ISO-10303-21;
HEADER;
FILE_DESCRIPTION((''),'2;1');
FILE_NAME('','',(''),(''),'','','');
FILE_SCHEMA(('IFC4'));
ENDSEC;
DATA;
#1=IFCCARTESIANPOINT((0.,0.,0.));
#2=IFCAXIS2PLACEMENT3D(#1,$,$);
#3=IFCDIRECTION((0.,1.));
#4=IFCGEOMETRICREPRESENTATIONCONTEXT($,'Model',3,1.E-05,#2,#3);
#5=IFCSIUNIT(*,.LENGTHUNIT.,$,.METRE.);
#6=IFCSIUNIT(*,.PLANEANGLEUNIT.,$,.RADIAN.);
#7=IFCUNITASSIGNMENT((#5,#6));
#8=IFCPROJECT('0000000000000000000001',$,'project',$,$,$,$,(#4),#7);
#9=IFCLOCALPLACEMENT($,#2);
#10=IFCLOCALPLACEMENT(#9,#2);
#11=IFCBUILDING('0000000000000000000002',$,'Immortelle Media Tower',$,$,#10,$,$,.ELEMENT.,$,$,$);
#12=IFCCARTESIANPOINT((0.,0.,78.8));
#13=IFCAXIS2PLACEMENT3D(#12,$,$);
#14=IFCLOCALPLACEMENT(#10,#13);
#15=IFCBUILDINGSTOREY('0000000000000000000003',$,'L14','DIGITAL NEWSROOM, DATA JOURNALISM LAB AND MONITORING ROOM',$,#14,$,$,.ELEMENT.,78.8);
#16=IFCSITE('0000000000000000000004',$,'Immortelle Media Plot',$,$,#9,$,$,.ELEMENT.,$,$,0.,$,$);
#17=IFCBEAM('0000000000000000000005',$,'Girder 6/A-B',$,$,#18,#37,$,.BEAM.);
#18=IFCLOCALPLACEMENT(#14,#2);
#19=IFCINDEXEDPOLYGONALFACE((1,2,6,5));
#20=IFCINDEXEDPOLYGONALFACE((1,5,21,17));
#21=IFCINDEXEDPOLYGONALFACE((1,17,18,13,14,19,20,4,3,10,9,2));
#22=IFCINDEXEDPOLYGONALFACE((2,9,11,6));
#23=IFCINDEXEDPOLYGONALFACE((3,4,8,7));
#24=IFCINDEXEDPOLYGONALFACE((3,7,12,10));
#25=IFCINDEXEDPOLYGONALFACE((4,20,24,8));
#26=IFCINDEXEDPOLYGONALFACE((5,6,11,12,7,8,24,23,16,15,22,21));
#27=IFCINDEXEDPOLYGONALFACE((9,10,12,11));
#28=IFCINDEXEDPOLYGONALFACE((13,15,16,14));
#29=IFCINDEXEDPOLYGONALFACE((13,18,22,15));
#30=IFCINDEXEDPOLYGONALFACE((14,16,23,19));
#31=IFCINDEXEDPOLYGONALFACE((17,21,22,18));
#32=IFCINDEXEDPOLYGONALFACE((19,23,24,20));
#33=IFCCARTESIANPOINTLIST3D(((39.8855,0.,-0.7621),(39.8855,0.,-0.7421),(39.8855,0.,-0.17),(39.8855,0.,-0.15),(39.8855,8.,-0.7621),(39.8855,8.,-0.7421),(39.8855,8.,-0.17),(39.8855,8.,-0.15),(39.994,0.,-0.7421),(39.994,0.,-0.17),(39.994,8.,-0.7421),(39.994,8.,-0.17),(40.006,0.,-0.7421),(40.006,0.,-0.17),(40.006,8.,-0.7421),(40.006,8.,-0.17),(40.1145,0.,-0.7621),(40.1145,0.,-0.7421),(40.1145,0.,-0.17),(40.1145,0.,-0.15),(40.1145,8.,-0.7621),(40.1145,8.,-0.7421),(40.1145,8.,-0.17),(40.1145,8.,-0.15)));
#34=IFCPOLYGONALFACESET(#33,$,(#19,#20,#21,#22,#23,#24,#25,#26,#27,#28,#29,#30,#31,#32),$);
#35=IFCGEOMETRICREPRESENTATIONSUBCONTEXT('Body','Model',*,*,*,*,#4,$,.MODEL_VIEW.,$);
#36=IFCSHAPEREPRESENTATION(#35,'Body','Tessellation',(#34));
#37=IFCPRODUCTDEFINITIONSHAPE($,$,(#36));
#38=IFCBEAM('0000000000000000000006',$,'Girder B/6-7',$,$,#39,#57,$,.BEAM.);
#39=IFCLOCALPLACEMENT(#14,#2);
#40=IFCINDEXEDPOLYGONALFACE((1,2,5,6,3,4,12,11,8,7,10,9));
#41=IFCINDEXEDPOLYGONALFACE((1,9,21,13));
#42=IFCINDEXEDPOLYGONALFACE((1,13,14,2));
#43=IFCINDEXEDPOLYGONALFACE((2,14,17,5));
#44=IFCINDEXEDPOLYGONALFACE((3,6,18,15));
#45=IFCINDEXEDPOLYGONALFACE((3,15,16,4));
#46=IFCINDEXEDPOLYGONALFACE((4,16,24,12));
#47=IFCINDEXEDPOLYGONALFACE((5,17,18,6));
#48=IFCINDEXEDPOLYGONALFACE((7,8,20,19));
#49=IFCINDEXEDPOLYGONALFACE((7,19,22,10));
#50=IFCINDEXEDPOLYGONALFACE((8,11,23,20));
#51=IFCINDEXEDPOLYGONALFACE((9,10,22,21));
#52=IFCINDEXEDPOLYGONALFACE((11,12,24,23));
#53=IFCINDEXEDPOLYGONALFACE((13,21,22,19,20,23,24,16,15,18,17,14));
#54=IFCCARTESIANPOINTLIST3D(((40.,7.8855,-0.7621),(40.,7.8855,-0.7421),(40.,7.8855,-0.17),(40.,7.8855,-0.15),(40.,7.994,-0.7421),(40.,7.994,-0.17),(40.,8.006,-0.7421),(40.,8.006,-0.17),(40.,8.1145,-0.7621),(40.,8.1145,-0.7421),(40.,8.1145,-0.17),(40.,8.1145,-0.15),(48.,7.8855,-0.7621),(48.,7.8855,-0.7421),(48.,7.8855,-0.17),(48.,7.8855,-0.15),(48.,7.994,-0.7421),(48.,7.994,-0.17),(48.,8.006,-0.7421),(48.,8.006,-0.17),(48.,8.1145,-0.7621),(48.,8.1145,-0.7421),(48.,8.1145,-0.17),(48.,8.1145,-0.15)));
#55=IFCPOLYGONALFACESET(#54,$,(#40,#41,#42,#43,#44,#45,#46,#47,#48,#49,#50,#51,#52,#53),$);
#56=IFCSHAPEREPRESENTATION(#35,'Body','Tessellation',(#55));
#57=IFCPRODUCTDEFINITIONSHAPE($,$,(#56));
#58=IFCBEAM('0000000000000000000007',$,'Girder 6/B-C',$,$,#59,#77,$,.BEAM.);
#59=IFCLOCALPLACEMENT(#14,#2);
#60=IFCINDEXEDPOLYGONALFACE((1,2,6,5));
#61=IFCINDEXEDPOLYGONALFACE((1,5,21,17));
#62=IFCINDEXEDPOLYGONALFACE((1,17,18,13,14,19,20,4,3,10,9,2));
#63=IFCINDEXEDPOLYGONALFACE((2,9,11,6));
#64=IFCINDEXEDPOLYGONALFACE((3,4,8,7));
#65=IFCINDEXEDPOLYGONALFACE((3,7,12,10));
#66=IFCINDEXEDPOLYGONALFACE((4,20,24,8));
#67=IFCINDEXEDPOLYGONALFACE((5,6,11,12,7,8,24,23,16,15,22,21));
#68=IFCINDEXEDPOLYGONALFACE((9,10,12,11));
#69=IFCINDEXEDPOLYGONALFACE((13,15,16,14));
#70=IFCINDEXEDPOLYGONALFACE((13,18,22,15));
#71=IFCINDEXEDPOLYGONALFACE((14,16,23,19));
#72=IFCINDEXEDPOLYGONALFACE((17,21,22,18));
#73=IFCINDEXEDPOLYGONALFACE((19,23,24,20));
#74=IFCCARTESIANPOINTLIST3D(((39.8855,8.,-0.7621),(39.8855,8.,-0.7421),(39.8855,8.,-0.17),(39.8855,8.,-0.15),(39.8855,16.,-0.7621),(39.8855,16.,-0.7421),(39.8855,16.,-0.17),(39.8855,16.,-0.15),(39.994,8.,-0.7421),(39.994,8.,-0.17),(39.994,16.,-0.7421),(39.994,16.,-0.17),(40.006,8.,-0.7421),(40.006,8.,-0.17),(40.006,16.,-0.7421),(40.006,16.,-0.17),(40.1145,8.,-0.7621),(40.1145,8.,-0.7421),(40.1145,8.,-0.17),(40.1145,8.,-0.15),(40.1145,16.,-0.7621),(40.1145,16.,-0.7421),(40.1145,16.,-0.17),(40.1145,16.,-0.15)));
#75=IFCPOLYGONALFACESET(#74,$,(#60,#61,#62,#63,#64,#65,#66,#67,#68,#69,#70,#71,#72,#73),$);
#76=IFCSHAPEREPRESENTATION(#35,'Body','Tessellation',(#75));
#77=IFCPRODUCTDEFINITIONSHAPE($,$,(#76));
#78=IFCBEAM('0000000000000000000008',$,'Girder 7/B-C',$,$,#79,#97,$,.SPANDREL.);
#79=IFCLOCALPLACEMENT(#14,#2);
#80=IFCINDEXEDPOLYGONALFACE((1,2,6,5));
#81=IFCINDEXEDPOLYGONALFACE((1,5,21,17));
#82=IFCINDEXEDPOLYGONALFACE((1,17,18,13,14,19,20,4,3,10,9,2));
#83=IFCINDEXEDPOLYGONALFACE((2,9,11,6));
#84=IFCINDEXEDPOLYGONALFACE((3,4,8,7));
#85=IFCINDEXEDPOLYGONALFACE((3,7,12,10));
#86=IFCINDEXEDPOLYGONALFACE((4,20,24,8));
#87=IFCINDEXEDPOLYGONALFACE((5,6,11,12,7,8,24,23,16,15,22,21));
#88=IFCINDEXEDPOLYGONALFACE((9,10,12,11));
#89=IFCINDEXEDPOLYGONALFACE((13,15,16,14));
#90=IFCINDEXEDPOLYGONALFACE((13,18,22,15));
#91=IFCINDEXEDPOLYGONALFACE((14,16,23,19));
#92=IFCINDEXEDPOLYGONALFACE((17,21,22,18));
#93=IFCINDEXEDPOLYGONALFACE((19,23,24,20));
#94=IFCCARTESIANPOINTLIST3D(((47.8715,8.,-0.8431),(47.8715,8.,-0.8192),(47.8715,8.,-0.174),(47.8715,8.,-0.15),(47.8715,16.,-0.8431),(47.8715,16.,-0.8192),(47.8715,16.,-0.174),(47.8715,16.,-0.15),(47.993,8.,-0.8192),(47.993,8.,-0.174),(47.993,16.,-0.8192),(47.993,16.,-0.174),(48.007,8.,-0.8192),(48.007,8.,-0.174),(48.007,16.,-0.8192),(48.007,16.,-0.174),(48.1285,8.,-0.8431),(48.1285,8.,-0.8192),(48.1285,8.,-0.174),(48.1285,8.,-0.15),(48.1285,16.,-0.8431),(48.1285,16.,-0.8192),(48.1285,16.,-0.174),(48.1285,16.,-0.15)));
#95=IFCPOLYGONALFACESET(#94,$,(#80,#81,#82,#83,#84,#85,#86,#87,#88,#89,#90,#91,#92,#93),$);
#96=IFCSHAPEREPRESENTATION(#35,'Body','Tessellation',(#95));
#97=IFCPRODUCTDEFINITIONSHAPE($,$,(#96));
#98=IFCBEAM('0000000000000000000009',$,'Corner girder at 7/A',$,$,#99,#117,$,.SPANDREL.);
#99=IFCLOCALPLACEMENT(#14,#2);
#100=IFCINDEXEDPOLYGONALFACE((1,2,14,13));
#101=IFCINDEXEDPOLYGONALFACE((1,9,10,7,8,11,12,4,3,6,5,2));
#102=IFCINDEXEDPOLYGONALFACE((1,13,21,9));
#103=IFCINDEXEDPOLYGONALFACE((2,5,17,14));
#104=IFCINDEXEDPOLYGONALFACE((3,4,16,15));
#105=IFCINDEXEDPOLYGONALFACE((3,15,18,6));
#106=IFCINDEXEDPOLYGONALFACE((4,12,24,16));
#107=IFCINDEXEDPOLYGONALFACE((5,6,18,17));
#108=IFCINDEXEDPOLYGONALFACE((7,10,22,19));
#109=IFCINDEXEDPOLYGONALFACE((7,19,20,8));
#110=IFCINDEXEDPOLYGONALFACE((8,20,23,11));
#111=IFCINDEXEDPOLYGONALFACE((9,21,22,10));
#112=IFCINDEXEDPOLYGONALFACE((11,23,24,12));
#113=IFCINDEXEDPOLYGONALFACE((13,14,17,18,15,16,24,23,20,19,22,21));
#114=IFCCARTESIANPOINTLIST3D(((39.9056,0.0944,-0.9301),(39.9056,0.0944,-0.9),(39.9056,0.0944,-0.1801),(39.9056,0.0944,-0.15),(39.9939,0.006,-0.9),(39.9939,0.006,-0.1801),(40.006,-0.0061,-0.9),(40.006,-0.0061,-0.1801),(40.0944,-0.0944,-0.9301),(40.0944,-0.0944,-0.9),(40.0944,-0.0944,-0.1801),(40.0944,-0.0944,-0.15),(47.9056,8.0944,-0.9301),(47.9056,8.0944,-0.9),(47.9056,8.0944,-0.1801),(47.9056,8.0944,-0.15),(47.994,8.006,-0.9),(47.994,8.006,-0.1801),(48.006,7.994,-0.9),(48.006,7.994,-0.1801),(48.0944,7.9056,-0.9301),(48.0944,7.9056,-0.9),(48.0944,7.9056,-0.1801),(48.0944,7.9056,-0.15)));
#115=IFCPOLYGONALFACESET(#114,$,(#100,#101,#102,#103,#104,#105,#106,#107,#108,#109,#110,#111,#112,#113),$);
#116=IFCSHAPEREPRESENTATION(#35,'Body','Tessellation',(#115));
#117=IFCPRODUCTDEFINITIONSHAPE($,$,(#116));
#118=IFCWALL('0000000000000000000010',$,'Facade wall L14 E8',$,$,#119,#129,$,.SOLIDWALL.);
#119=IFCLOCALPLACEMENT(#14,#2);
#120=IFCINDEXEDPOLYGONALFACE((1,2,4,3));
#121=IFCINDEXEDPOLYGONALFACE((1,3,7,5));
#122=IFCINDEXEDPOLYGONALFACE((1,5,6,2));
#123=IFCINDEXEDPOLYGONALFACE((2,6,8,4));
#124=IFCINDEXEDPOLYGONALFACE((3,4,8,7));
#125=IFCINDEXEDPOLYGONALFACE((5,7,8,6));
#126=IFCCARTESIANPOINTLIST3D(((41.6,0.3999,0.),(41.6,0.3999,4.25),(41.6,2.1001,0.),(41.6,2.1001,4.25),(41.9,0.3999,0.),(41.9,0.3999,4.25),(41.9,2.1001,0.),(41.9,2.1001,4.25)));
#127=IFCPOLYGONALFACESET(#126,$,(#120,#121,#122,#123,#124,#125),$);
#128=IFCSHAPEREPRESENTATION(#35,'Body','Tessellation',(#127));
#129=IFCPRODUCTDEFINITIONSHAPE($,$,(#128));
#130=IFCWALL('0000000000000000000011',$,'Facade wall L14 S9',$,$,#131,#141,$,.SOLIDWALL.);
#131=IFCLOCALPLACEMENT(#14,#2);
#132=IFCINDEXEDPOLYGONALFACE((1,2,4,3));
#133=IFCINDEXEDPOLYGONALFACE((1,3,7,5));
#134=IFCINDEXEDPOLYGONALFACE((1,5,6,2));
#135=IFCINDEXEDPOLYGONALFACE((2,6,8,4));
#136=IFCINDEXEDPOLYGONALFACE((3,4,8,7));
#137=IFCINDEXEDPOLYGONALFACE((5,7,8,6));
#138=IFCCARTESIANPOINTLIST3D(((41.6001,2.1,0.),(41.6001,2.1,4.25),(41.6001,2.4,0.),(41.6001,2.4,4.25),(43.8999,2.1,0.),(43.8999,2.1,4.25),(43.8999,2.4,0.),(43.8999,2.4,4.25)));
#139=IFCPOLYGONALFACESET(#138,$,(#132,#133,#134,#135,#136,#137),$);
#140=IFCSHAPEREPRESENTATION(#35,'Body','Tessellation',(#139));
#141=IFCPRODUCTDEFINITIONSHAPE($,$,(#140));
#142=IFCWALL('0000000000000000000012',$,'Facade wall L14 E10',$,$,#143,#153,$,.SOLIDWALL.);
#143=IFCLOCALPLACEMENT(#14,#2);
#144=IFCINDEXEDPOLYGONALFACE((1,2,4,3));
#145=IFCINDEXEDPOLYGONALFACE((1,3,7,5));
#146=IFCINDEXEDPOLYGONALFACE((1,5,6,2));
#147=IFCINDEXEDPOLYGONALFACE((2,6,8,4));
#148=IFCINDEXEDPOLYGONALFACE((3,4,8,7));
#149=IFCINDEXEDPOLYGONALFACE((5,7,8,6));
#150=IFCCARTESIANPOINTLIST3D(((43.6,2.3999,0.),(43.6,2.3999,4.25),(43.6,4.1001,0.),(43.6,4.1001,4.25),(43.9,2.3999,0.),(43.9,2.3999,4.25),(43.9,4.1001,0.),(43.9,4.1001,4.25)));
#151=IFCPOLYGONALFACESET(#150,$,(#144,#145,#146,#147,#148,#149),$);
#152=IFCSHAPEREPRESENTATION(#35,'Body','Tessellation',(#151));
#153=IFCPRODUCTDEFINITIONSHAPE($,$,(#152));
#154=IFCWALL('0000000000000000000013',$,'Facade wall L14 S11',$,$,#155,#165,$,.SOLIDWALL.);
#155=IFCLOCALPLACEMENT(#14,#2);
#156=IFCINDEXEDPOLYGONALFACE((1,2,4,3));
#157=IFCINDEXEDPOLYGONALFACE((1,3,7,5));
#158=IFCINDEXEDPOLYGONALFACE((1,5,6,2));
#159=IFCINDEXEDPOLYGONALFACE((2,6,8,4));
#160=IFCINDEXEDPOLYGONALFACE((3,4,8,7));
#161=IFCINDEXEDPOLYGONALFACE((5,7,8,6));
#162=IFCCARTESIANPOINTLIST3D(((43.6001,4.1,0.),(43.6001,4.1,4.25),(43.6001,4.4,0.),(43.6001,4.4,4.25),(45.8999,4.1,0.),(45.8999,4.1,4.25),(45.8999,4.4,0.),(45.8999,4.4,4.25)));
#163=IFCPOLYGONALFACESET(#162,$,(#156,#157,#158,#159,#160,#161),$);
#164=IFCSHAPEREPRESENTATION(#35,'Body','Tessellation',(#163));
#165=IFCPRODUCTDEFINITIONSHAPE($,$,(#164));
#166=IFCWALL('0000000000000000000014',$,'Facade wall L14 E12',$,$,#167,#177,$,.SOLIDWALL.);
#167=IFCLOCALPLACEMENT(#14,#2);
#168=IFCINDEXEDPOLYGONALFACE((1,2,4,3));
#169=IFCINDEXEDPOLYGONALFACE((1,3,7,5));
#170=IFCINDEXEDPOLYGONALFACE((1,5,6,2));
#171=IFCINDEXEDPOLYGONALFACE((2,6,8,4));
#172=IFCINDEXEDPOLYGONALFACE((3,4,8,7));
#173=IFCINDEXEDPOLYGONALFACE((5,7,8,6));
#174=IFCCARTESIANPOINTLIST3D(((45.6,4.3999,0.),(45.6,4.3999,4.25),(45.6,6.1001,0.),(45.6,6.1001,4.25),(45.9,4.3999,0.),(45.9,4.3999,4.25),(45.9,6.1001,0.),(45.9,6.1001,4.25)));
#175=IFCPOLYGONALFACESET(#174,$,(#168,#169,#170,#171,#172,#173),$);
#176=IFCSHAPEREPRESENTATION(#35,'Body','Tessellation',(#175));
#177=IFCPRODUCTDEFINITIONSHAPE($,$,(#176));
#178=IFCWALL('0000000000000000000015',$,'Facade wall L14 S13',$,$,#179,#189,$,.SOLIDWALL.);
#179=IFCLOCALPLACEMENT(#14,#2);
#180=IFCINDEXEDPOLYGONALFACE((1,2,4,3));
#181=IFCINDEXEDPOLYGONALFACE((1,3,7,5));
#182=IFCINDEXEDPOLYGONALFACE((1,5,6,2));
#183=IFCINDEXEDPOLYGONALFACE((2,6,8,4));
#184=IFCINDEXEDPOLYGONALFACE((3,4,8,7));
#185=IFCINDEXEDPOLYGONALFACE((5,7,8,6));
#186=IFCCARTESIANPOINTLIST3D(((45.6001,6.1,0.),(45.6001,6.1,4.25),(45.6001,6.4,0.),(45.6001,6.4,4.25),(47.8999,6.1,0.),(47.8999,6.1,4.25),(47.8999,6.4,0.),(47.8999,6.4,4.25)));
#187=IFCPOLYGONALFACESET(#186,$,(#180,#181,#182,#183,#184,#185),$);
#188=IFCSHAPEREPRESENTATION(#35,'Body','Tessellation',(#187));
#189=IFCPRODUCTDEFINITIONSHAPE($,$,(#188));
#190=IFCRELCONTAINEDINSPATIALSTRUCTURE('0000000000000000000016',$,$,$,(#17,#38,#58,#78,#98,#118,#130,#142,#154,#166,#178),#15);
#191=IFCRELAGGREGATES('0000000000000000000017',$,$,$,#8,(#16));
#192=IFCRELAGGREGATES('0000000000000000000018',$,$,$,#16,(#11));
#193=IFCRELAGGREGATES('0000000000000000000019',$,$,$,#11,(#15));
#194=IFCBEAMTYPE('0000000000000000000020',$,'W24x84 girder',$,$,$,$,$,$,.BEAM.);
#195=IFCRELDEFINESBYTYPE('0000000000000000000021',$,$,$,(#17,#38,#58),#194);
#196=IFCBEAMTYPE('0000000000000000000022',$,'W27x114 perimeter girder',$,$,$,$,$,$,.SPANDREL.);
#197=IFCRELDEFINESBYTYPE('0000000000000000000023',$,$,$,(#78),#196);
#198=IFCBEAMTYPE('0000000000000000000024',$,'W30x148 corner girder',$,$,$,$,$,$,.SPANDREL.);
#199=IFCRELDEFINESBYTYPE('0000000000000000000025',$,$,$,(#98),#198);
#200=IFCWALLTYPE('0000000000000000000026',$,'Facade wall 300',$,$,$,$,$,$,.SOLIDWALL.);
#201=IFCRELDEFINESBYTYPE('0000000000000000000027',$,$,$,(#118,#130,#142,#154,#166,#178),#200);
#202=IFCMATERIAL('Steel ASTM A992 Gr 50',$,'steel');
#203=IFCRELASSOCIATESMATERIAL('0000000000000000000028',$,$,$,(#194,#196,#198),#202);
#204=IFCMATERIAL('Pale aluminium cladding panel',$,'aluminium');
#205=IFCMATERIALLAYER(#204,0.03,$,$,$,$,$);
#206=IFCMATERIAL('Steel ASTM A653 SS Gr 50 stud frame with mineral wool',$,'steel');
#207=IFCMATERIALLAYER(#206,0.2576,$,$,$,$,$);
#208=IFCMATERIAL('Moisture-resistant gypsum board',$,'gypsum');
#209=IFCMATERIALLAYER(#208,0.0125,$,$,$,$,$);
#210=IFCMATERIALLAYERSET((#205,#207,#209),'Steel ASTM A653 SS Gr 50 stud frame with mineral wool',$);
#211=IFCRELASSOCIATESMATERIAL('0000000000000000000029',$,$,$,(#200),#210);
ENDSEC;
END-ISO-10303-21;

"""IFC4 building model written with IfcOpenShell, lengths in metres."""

from ifc_helpers import new_model, si_unit, direction, frame, frame_2d, origin, origin_2d, place, context, subcontext, project, spatial, rectangle, i_section, extrude, material, layer, layer_set, material_profile, profile_set, type_object, element, save


model = new_model("IFC4")

# Units and contexts
model_context = context("Model", 3, precision=1e-05, world=origin(), true_north=direction((0.0, 1.0)))
body_context = subcontext(model_context, "Body", "Model", "MODEL_VIEW")
ifc_project = project(units=[si_unit("LENGTHUNIT", "METRE"), si_unit("PLANEANGLEUNIT", "RADIAN")], contexts=[model_context])

# Site, building, storey
site_placement = place(None, origin())
site = spatial("IfcSite", under=ifc_project, at=site_placement, Name="Immortelle Media Plot", CompositionType="ELEMENT", RefElevation=0.0)
building_placement = place(site_placement, origin())
building = spatial("IfcBuilding", under=site, at=building_placement, Name="Immortelle Media Tower", CompositionType="ELEMENT")
storey_placement = place(building_placement, frame((0.0, 0.0, 78.8)))
storey = spatial("IfcBuildingStorey", under=building, at=storey_placement, Name="L14", Description="DIGITAL NEWSROOM, DATA JOURNALISM LAB AND MONITORING ROOM", CompositionType="ELEMENT", Elevation=78.8)

# Shared definitions
ifc_material_1 = material(Name="Steel ASTM A992 Gr 50", Category="steel")

# Beams
ifc_material_profile_1 = material_profile(ifc_material_1, i_section(OverallWidth=0.229, OverallDepth=0.6121, WebThickness=0.012, FlangeThickness=0.02, at=origin_2d()), Name="W24x84")
ifc_profile_set_1 = profile_set([ifc_material_profile_1], Name="Steel ASTM A992 Gr 50")
beam_type_1 = type_object("IfcBeamType", Name="W24x84 girder", PredefinedType="BEAM", material=ifc_profile_set_1)
for number, where, z_axis, x_axis, name in (
    (1, (40.0, 0.0, -0.4561), (0.0, 1.0, 0.0), (-1.0, 0.0, 0.0), "Girder 6/A-B"),
    (2, (40.0, 8.0, -0.4561), (1.0, 0.0, 0.0), (0.0, 1.0, 0.0), "Girder B/6-7"),
    (3, (40.0, 8.0, -0.4561), (0.0, 1.0, 0.0), (-1.0, 0.0, 0.0), "Girder 6/B-C"),
):
    element("IfcBeam", number, at=place(storey_placement, frame(where, z_axis=z_axis, x_axis=x_axis)), inside=storey, type_object=beam_type_1, Name=name, PredefinedType="BEAM", context=body_context, shape_type="SweptSolid", body=[
        extrude(i_section(OverallWidth=0.229, OverallDepth=0.6121, WebThickness=0.012, FlangeThickness=0.02, at=origin_2d()), origin(), (0.0, 0.0, 1.0), 8.0),
    ])
ifc_material_profile_2 = material_profile(ifc_material_1, i_section(OverallWidth=0.2571, OverallDepth=0.6931, WebThickness=0.0139, FlangeThickness=0.0239, at=origin_2d()), Name="W27x114")
ifc_profile_set_2 = profile_set([ifc_material_profile_2], Name="Steel ASTM A992 Gr 50")
beam_type_2 = type_object("IfcBeamType", Name="W27x114 perimeter girder", PredefinedType="SPANDREL", material=ifc_profile_set_2)
beam_1_placement = place(storey_placement, frame((48.0, 8.0, -0.4966), z_axis=(0.0, 1.0, 0.0), x_axis=(-1.0, 0.0, 0.0)))
element("IfcBeam", 4, at=beam_1_placement, inside=storey, type_object=beam_type_2, Name="Girder 7/B-C", PredefinedType="SPANDREL", context=body_context, shape_type="SweptSolid", body=[
    extrude(i_section(OverallWidth=0.2571, OverallDepth=0.6931, WebThickness=0.0139, FlangeThickness=0.0239, at=origin_2d()), origin(), (0.0, 0.0, 1.0), 8.0),
])
ifc_material_profile_3 = material_profile(ifc_material_1, i_section(OverallWidth=0.2671, OverallDepth=0.78, WebThickness=0.0171, FlangeThickness=0.03, at=origin_2d()), Name="W30x148")
ifc_profile_set_3 = profile_set([ifc_material_profile_3], Name="Steel ASTM A992 Gr 50")
beam_type_3 = type_object("IfcBeamType", Name="W30x148 corner girder", PredefinedType="SPANDREL", material=ifc_profile_set_3)
beam_2_placement = place(storey_placement, frame((48.0, 8.0, -0.54), z_axis=(-0.707107, -0.707107, 0.0), x_axis=(0.707107, -0.707107, 0.0)))
element("IfcBeam", 5, at=beam_2_placement, inside=storey, type_object=beam_type_3, Name="Corner girder at 7/A", PredefinedType="SPANDREL", context=body_context, shape_type="SweptSolid", body=[
    extrude(i_section(OverallWidth=0.2671, OverallDepth=0.78, WebThickness=0.0171, FlangeThickness=0.03, at=origin_2d()), origin(), (0.0, 0.0, 1.0), 11.3137),
])

# Walls
ifc_material_2 = material(Name="Pale aluminium cladding panel", Category="aluminium")
ifc_layer_1 = layer(ifc_material_2, 0.03)
ifc_material_3 = material(Name="Steel ASTM A653 SS Gr 50 stud frame with mineral wool", Category="steel")
ifc_layer_2 = layer(ifc_material_3, 0.2576)
ifc_material_4 = material(Name="Moisture-resistant gypsum board", Category="gypsum")
ifc_layer_3 = layer(ifc_material_4, 0.0125)
ifc_layer_set_1 = layer_set([ifc_layer_1, ifc_layer_2, ifc_layer_3], Name="Steel ASTM A653 SS Gr 50 stud frame with mineral wool")
wall_type_1 = type_object("IfcWallType", Name="Facade wall 300", PredefinedType="SOLIDWALL", material=ifc_layer_set_1)
wall_1_placement = place(storey_placement, frame((41.75, 0.3999, 0.0), z_axis=(0.0, 0.0, 1.0), x_axis=(0.0, 1.0, 0.0)))
element("IfcWall", 6, at=wall_1_placement, inside=storey, type_object=wall_type_1, Name="Facade wall L14 E8", PredefinedType="SOLIDWALL", context=body_context, shape_type="SweptSolid", body=[
    extrude(rectangle(XDim=1.7002, YDim=0.3, at=frame_2d((0.8501, 0.0))), origin(), (0.0, 0.0, 1.0), 4.25),
])
wall_2_placement = place(storey_placement, frame((41.6001, 2.25, 0.0), z_axis=(0.0, 0.0, 1.0), x_axis=(1.0, 0.0, 0.0)))
element("IfcWall", 7, at=wall_2_placement, inside=storey, type_object=wall_type_1, Name="Facade wall L14 S9", PredefinedType="SOLIDWALL", context=body_context, shape_type="SweptSolid", body=[
    extrude(rectangle(XDim=2.2998, YDim=0.3, at=frame_2d((1.1499, 0.0))), origin(), (0.0, 0.0, 1.0), 4.25),
])
wall_3_placement = place(storey_placement, frame((43.75, 2.3999, 0.0), z_axis=(0.0, 0.0, 1.0), x_axis=(0.0, 1.0, 0.0)))
element("IfcWall", 8, at=wall_3_placement, inside=storey, type_object=wall_type_1, Name="Facade wall L14 E10", PredefinedType="SOLIDWALL", context=body_context, shape_type="SweptSolid", body=[
    extrude(rectangle(XDim=1.7002, YDim=0.3, at=frame_2d((0.8501, 0.0))), origin(), (0.0, 0.0, 1.0), 4.25),
])
wall_4_placement = place(storey_placement, frame((43.6001, 4.25, 0.0), z_axis=(0.0, 0.0, 1.0), x_axis=(1.0, 0.0, 0.0)))
element("IfcWall", 9, at=wall_4_placement, inside=storey, type_object=wall_type_1, Name="Facade wall L14 S11", PredefinedType="SOLIDWALL", context=body_context, shape_type="SweptSolid", body=[
    extrude(rectangle(XDim=2.2998, YDim=0.3, at=frame_2d((1.1499, 0.0))), origin(), (0.0, 0.0, 1.0), 4.25),
])
wall_5_placement = place(storey_placement, frame((45.75, 4.3999, 0.0), z_axis=(0.0, 0.0, 1.0), x_axis=(0.0, 1.0, 0.0)))
element("IfcWall", 10, at=wall_5_placement, inside=storey, type_object=wall_type_1, Name="Facade wall L14 E12", PredefinedType="SOLIDWALL", context=body_context, shape_type="SweptSolid", body=[
    extrude(rectangle(XDim=1.7002, YDim=0.3, at=frame_2d((0.8501, 0.0))), origin(), (0.0, 0.0, 1.0), 4.25),
])
wall_6_placement = place(storey_placement, frame((45.6001, 6.25, 0.0), z_axis=(0.0, 0.0, 1.0), x_axis=(1.0, 0.0, 0.0)))
element("IfcWall", 11, at=wall_6_placement, inside=storey, type_object=wall_type_1, Name="Facade wall L14 S13", PredefinedType="SOLIDWALL", context=body_context, shape_type="SweptSolid", body=[
    extrude(rectangle(XDim=2.2998, YDim=0.3, at=frame_2d((1.1499, 0.0))), origin(), (0.0, 0.0, 1.0), 4.25),
])

save(model, "model.ifc")
